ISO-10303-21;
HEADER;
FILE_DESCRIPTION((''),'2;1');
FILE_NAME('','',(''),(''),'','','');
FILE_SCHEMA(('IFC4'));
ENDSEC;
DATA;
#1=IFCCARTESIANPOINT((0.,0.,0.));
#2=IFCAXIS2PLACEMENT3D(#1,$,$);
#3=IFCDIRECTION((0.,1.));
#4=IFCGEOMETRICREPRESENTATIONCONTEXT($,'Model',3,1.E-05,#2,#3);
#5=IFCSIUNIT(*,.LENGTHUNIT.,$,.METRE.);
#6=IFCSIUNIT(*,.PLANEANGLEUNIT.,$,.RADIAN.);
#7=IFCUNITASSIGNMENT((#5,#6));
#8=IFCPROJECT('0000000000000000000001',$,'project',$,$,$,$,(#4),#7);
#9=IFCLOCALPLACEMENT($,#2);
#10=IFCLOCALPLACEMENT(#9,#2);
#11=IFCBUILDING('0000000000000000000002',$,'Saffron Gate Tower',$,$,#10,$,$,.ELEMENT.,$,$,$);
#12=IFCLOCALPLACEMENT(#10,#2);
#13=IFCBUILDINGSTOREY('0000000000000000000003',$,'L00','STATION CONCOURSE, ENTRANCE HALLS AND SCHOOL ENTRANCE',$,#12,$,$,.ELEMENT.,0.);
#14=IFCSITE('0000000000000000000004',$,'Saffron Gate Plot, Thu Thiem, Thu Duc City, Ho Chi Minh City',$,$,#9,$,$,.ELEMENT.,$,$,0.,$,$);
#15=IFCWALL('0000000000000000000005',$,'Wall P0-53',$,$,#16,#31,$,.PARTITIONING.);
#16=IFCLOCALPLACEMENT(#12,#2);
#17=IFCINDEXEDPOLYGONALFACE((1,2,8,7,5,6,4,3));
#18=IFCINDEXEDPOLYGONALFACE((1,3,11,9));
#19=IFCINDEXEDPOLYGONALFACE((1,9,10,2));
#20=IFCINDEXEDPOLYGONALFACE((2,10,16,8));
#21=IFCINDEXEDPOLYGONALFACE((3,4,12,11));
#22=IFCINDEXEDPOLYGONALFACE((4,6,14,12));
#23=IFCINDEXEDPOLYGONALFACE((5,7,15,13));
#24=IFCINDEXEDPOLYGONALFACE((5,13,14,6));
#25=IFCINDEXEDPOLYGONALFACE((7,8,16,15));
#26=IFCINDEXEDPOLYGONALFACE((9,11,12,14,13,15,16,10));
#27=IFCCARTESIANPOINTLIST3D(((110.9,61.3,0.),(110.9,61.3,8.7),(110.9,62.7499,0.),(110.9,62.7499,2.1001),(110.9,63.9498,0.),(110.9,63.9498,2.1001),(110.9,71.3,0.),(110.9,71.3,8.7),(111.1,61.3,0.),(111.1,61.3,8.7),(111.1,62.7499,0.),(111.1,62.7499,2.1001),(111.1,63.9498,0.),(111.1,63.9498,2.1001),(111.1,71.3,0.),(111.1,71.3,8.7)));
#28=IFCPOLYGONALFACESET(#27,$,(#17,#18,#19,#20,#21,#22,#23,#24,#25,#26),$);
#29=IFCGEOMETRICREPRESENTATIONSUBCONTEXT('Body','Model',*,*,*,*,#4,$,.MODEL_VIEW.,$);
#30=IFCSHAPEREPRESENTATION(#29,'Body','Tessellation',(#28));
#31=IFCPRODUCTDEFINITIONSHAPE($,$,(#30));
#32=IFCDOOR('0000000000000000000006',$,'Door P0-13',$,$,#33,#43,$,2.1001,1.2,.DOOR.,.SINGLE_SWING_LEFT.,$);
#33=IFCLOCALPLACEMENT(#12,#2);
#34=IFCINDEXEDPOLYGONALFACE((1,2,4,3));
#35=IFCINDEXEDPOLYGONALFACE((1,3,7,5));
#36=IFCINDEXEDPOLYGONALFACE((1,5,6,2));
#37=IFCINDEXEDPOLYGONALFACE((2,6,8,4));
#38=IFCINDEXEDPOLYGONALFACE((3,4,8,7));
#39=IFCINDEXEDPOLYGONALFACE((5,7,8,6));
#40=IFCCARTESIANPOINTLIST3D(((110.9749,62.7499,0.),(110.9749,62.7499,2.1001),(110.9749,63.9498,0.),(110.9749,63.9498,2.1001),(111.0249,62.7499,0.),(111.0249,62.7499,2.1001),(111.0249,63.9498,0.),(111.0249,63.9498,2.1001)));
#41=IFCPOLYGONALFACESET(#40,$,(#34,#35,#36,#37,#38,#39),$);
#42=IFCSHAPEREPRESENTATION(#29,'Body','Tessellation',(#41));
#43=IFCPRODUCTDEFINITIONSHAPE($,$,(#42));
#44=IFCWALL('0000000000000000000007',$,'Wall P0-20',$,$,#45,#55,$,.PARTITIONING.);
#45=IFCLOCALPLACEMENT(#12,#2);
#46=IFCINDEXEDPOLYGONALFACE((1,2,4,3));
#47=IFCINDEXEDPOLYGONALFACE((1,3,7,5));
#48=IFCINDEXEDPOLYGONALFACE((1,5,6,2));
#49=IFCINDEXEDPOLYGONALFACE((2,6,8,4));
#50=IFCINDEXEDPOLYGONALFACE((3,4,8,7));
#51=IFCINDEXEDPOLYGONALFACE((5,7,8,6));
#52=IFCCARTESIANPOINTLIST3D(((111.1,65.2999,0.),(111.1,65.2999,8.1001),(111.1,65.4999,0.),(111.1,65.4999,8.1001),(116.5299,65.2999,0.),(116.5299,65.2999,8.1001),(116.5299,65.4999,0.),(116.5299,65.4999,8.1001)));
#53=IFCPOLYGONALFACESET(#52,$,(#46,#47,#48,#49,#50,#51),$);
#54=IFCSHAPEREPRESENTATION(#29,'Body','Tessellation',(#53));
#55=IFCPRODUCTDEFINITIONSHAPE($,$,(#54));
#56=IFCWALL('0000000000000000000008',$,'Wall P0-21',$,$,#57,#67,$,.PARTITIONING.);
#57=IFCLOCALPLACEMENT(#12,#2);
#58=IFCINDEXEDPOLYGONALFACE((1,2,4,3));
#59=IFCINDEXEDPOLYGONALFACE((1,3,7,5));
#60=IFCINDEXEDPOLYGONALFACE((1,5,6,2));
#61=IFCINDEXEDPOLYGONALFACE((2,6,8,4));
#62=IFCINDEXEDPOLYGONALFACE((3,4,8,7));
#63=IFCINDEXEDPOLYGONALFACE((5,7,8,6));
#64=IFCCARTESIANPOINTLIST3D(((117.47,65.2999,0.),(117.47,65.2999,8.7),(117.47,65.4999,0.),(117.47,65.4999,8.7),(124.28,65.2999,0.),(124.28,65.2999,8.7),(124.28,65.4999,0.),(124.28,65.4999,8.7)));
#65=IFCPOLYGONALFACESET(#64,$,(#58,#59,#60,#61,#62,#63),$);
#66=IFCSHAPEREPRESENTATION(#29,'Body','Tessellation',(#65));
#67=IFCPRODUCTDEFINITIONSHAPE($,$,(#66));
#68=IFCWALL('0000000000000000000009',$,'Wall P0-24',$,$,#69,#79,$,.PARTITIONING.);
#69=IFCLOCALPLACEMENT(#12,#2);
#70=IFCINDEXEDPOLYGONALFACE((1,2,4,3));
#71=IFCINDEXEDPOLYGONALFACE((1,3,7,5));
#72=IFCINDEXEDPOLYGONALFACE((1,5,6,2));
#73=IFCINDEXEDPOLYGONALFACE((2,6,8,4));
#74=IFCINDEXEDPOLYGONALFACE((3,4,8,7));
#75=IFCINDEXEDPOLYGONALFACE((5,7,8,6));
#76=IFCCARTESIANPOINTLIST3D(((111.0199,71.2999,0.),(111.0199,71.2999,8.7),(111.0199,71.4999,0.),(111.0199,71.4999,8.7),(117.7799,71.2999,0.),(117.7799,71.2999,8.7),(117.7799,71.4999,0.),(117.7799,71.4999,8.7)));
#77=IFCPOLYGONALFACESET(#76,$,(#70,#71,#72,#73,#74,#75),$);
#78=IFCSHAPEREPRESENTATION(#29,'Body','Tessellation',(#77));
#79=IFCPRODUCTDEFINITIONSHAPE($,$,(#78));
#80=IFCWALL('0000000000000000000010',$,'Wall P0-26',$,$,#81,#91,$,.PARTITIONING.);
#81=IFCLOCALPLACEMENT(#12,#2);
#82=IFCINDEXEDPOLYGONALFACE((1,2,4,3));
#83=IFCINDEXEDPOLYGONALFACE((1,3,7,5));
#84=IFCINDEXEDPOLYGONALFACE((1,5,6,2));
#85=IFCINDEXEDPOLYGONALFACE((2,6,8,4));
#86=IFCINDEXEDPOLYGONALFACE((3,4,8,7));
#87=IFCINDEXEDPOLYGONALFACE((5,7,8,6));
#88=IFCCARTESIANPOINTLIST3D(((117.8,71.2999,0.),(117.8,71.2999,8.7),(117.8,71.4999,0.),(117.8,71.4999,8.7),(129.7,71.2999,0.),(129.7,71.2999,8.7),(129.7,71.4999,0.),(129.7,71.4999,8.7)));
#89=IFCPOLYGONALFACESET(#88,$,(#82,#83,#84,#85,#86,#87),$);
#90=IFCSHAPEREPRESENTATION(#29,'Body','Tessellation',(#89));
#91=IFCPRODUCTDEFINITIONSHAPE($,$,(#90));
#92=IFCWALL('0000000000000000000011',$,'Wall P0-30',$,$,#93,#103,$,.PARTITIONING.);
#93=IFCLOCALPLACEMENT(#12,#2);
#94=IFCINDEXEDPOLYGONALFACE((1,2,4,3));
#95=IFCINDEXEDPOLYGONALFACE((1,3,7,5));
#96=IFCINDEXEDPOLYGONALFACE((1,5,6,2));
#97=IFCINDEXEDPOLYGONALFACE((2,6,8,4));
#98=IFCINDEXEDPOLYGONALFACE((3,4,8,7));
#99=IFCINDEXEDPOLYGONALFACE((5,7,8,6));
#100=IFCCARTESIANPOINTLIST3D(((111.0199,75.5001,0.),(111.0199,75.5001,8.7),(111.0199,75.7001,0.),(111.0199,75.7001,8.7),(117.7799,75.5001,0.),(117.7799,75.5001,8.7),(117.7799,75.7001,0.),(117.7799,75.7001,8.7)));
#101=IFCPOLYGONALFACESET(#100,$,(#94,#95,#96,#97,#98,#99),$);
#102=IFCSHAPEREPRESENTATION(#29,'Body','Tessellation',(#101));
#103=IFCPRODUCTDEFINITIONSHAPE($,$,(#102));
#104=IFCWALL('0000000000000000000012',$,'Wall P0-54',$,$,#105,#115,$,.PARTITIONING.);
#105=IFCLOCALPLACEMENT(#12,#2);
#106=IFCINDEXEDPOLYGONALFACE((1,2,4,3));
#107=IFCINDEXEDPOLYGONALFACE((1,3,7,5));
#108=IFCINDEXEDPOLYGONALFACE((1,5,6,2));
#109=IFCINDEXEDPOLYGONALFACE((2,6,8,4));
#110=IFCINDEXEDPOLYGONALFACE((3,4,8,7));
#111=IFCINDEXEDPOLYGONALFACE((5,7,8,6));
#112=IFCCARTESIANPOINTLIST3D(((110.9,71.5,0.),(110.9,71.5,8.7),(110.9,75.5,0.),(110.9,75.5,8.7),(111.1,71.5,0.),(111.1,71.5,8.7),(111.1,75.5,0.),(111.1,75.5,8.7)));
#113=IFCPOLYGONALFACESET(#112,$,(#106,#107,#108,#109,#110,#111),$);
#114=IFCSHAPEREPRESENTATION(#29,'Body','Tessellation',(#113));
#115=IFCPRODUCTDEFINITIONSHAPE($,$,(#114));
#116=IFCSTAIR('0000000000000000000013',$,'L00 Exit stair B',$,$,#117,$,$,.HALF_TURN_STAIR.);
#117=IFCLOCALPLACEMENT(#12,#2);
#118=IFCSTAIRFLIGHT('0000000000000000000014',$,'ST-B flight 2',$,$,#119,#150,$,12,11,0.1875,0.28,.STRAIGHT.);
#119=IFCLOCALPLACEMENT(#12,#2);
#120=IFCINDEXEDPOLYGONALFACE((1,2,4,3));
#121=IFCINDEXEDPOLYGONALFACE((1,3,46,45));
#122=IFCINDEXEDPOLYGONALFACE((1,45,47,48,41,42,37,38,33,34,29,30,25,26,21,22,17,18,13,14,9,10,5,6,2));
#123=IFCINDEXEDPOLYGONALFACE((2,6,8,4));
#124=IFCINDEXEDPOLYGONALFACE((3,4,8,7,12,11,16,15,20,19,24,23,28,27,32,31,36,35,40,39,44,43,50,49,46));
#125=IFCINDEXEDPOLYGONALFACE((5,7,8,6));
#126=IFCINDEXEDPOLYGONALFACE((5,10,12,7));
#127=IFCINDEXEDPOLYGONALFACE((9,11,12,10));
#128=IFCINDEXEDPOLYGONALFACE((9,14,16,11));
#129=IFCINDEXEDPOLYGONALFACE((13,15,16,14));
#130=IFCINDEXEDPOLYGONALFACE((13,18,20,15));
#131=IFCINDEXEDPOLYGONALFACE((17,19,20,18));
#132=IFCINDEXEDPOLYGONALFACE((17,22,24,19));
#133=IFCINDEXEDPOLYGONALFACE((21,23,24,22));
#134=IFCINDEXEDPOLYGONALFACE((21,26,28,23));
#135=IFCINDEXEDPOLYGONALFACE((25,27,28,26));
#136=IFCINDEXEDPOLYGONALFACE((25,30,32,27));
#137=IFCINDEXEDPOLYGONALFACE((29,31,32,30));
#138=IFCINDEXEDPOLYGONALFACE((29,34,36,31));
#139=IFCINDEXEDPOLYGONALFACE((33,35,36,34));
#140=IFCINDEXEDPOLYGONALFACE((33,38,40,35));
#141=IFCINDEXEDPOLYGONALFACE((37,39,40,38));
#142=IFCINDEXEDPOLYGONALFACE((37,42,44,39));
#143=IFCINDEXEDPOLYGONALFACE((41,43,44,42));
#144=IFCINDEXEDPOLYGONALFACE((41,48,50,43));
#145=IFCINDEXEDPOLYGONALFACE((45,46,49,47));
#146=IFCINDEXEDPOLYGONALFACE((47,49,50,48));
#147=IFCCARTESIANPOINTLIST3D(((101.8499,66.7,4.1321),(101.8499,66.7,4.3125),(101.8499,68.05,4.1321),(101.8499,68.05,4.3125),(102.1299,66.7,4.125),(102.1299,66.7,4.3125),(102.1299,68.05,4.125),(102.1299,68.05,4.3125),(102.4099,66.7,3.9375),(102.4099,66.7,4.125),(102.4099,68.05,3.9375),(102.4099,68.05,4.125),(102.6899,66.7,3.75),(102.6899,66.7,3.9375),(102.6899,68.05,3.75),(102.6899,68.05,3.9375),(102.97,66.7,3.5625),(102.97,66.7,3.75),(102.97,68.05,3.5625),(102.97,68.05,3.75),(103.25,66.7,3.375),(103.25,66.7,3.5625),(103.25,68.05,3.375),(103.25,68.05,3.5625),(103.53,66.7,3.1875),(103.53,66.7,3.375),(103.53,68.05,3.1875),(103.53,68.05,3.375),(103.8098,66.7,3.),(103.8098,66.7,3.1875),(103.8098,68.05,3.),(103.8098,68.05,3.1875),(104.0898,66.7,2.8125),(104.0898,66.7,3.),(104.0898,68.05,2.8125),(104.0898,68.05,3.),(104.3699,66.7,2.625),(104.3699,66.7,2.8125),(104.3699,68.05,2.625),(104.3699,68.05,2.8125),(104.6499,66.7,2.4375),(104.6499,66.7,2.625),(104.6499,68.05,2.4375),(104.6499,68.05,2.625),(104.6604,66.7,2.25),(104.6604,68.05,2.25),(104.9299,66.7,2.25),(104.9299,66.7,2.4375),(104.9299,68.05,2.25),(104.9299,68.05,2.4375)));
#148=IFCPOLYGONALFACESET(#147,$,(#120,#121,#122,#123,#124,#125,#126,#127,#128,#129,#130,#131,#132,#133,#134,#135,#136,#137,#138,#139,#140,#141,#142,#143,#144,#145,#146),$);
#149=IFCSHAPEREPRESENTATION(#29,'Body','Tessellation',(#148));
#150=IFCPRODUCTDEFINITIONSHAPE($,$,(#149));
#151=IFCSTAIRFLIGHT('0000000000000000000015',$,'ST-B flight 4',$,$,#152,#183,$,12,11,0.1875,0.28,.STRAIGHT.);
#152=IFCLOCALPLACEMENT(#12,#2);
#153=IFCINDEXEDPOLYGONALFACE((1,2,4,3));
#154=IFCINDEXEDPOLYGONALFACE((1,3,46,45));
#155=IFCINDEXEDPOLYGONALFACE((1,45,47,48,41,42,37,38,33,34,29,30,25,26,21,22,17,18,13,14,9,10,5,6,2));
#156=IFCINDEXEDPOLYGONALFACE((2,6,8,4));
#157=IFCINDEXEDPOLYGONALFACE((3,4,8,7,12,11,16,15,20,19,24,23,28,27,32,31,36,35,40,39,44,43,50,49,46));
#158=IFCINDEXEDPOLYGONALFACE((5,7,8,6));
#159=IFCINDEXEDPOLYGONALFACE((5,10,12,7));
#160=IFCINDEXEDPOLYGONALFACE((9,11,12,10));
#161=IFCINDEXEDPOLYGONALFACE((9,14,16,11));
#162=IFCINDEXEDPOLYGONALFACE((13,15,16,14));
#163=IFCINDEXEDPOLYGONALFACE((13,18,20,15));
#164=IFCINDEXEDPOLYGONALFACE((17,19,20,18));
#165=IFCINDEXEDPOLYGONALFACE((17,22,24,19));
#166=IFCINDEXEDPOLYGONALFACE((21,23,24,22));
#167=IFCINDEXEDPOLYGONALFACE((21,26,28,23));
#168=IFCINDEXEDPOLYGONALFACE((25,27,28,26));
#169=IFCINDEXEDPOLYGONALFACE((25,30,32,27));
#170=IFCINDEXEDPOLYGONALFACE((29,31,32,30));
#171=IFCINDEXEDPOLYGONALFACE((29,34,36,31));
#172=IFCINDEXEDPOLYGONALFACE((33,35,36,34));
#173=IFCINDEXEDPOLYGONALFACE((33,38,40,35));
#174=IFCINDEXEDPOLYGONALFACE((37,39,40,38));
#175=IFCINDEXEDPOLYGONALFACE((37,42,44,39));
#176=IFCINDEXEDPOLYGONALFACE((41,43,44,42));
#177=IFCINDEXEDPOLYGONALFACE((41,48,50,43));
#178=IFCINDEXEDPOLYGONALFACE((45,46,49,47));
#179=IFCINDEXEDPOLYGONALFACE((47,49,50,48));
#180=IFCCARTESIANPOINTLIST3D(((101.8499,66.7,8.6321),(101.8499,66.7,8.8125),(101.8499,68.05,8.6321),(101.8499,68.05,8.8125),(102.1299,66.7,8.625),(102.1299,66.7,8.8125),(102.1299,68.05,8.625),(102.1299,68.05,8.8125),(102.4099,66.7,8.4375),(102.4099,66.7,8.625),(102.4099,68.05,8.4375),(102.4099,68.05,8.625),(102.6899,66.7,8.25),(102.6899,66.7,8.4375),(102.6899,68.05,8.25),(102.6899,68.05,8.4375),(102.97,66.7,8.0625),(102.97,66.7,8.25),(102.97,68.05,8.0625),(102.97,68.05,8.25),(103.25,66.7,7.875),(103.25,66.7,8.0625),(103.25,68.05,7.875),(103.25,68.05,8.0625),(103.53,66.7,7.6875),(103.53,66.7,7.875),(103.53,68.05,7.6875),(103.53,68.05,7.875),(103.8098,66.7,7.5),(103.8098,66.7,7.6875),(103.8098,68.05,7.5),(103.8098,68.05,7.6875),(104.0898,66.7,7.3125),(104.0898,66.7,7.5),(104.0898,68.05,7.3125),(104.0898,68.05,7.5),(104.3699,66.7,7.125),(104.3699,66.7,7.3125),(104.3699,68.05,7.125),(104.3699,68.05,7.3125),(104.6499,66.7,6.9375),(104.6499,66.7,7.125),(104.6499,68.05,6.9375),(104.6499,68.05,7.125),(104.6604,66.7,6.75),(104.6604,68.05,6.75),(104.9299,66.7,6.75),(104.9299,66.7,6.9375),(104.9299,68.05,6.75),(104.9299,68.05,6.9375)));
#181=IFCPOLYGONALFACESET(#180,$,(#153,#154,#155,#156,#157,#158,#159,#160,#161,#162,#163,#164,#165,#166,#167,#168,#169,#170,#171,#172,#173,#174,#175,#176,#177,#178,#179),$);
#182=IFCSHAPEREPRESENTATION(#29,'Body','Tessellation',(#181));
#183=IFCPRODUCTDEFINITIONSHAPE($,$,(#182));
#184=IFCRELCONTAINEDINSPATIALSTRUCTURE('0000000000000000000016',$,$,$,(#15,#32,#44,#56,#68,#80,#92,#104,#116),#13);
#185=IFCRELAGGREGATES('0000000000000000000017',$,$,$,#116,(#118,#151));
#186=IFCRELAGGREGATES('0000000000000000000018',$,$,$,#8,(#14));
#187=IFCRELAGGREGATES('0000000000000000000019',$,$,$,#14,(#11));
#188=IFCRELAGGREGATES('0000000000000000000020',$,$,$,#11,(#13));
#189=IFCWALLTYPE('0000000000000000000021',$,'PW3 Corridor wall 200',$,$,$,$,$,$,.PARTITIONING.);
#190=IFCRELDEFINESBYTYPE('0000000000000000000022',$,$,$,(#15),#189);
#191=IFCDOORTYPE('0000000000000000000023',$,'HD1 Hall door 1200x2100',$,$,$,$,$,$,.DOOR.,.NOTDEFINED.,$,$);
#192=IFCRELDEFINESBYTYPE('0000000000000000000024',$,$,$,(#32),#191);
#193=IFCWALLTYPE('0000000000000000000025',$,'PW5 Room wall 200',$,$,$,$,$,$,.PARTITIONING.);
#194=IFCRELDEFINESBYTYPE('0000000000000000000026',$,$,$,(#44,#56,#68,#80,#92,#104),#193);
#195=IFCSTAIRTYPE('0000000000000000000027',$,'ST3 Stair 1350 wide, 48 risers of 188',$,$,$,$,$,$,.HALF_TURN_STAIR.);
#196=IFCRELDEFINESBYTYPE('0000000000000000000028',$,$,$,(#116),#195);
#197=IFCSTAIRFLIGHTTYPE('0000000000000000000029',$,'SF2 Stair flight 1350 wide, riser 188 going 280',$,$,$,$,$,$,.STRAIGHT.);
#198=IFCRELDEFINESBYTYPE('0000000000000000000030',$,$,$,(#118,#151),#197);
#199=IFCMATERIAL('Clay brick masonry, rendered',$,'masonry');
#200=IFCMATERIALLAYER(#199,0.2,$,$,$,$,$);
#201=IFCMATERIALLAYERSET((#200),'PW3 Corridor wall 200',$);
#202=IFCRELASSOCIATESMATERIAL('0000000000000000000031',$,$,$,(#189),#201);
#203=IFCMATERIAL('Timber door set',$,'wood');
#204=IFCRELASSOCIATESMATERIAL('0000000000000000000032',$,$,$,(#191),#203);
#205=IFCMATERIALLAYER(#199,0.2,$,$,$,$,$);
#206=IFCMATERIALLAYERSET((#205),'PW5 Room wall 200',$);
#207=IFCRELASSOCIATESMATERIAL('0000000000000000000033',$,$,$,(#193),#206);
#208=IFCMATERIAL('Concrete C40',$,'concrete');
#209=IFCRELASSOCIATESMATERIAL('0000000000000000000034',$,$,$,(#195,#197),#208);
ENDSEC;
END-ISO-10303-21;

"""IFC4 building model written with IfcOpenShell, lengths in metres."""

from ifc_helpers import new_model, si_unit, direction, frame, frame_2d, origin, place, context, subcontext, project, spatial, polyline, rectangle, outline, extrude, material, layer, layer_set, type_object, element, fill, aggregate, save


model = new_model("IFC4")

# Units and contexts
model_context = context("Model", 3, precision=1e-05, world=origin(), true_north=direction((0.0, 1.0)))
body_context = subcontext(model_context, "Body", "Model", "MODEL_VIEW")
ifc_project = project(units=[si_unit("LENGTHUNIT", "METRE"), si_unit("PLANEANGLEUNIT", "RADIAN")], contexts=[model_context])

# Site, building, storey
site_placement = place(None, origin())
site = spatial("IfcSite", under=ifc_project, at=site_placement, Name="Saffron Gate Plot, Thu Thiem, Thu Duc City, Ho Chi Minh City", CompositionType="ELEMENT", RefElevation=0.0)
building_placement = place(site_placement, origin())
building = spatial("IfcBuilding", under=site, at=building_placement, Name="Saffron Gate Tower", CompositionType="ELEMENT")
storey_placement = place(building_placement, origin())
storey = spatial("IfcBuildingStorey", under=building, at=storey_placement, Name="L00", Description="STATION CONCOURSE, ENTRANCE HALLS AND SCHOOL ENTRANCE", CompositionType="ELEMENT", Elevation=0.0)

# Wall, opening, door
ifc_material_1 = material(Name="Clay brick masonry, rendered", Category="masonry")
ifc_layer_1 = layer(ifc_material_1, 0.2)
ifc_layer_set_1 = layer_set([ifc_layer_1], Name="PW3 Corridor wall 200")
wall_type_1 = type_object("IfcWallType", Name="PW3 Corridor wall 200", PredefinedType="PARTITIONING", material=ifc_layer_set_1)
wall_1_placement = place(storey_placement, frame((111.0, 71.3, 0.0), z_axis=(0.0, 0.0, 1.0), x_axis=(0.0, -1.0, 0.0)))
wall_1 = element("IfcWall", 1, at=wall_1_placement, inside=storey, type_object=wall_type_1, Name="Wall P0-53", PredefinedType="PARTITIONING", context=body_context, shape_type="SweptSolid", body=[
    extrude(rectangle(XDim=10.0, YDim=0.2, at=frame_2d((5.0, 0.0))), origin(), (0.0, 0.0, 1.0), 8.7),
])
opening_1_placement = place(wall_1_placement, frame((7.3501, 0.0, 0.0)))
opening_1 = element("IfcOpeningElement", 2, at=opening_1_placement, cuts=wall_1, PredefinedType="OPENING", context=body_context, shape_type="SweptSolid", body=[
    extrude(rectangle(XDim=1.2, YDim=2.1001, at=frame_2d((0.6001, 1.05))), frame((0.0, 0.1099, 0.0), z_axis=(0.0, -1.0, 0.0), x_axis=(1.0, 0.0, 0.0)), (0.0, 0.0, 1.0), 0.22),
])
ifc_material_2 = material(Name="Timber door set", Category="wood")
door_type_1 = type_object("IfcDoorType", Name="HD1 Hall door 1200x2100", OperationType="NOTDEFINED", PredefinedType="DOOR", material=ifc_material_2)
door_1_placement = place(opening_1_placement, origin())
door_1 = element("IfcDoor", 3, at=door_1_placement, inside=storey, type_object=door_type_1, Name="Door P0-13", OperationType="SINGLE_SWING_LEFT", OverallHeight=2.1001, OverallWidth=1.2, PredefinedType="DOOR", context=body_context, shape_type="SweptSolid", body=[
    extrude(rectangle(XDim=1.2, YDim=2.1001, at=frame_2d((0.6001, 1.05))), frame((0.0, 0.0249, 0.0), z_axis=(0.0, -1.0, 0.0), x_axis=(1.0, 0.0, 0.0)), (0.0, 0.0, 1.0), 0.05),
])
fill(opening_1, door_1)

# Walls
ifc_layer_2 = layer(ifc_material_1, 0.2)
ifc_layer_set_2 = layer_set([ifc_layer_2], Name="PW5 Room wall 200")
wall_type_2 = type_object("IfcWallType", Name="PW5 Room wall 200", PredefinedType="PARTITIONING", material=ifc_layer_set_2)
wall_2_placement = place(storey_placement, frame((111.1001, 65.3999, 0.0), z_axis=(0.0, 0.0, 1.0), x_axis=(1.0, 0.0, 0.0)))
element("IfcWall", 4, at=wall_2_placement, inside=storey, type_object=wall_type_2, Name="Wall P0-20", PredefinedType="PARTITIONING", context=body_context, shape_type="SweptSolid", body=[
    extrude(rectangle(XDim=5.4299, YDim=0.2, at=frame_2d((2.7148, 0.0))), origin(), (0.0, 0.0, 1.0), 8.1001),
])
wall_3_placement = place(storey_placement, frame((117.47, 65.3999, 0.0), z_axis=(0.0, 0.0, 1.0), x_axis=(1.0, 0.0, 0.0)))
element("IfcWall", 5, at=wall_3_placement, inside=storey, type_object=wall_type_2, Name="Wall P0-21", PredefinedType="PARTITIONING", context=body_context, shape_type="SweptSolid", body=[
    extrude(rectangle(XDim=6.8101, YDim=0.2, at=frame_2d((3.405, 0.0))), origin(), (0.0, 0.0, 1.0), 8.7),
])
wall_4_placement = place(storey_placement, frame((111.02, 71.3999, 0.0), z_axis=(0.0, 0.0, 1.0), x_axis=(1.0, 0.0, 0.0)))
element("IfcWall", 6, at=wall_4_placement, inside=storey, type_object=wall_type_2, Name="Wall P0-24", PredefinedType="PARTITIONING", context=body_context, shape_type="SweptSolid", body=[
    extrude(rectangle(XDim=6.76, YDim=0.2, at=frame_2d((3.3799, 0.0))), origin(), (0.0, 0.0, 1.0), 8.7),
])
wall_5_placement = place(storey_placement, frame((117.8, 71.3999, 0.0), z_axis=(0.0, 0.0, 1.0), x_axis=(1.0, 0.0, 0.0)))
element("IfcWall", 7, at=wall_5_placement, inside=storey, type_object=wall_type_2, Name="Wall P0-26", PredefinedType="PARTITIONING", context=body_context, shape_type="SweptSolid", body=[
    extrude(rectangle(XDim=11.8999, YDim=0.2, at=frame_2d((5.95, 0.0))), origin(), (0.0, 0.0, 1.0), 8.7),
])
wall_6_placement = place(storey_placement, frame((111.02, 75.6001, 0.0), z_axis=(0.0, 0.0, 1.0), x_axis=(1.0, 0.0, 0.0)))
element("IfcWall", 8, at=wall_6_placement, inside=storey, type_object=wall_type_2, Name="Wall P0-30", PredefinedType="PARTITIONING", context=body_context, shape_type="SweptSolid", body=[
    extrude(rectangle(XDim=6.76, YDim=0.2, at=frame_2d((3.3799, 0.0))), origin(), (0.0, 0.0, 1.0), 8.7),
])
wall_7_placement = place(storey_placement, frame((111.0, 75.5, 0.0), z_axis=(0.0, 0.0, 1.0), x_axis=(0.0, -1.0, 0.0)))
element("IfcWall", 9, at=wall_7_placement, inside=storey, type_object=wall_type_2, Name="Wall P0-54", PredefinedType="PARTITIONING", context=body_context, shape_type="SweptSolid", body=[
    extrude(rectangle(XDim=4.0, YDim=0.2, at=frame_2d((2.0, 0.0))), origin(), (0.0, 0.0, 1.0), 8.7),
])

# Stair, stair flights
ifc_material_3 = material(Name="Concrete C40", Category="concrete")
stair_type = type_object("IfcStairType", Name="ST3 Stair 1350 wide, 48 risers of 188", PredefinedType="HALF_TURN_STAIR", material=ifc_material_3)
stair_placement = place(storey_placement, origin())
stair = element("IfcStair", 10, at=stair_placement, inside=storey, type_object=stair_type, Name="L00 Exit stair B", PredefinedType="HALF_TURN_STAIR")
stair_flight_type = type_object("IfcStairFlightType", Name="SF2 Stair flight 1350 wide, riser 188 going 280", PredefinedType="STRAIGHT", material=ifc_material_3)
stair_flight_1_placement = place(storey_placement, frame((104.9299, 67.375, 2.25), z_axis=(0.0, 0.0, 1.0), x_axis=(-1.0, 0.0, 0.0)))
stair_flight_1 = element("IfcStairFlight", 11, at=stair_flight_1_placement, type_object=stair_flight_type, Name="ST-B flight 2", NumberOfRisers=12, NumberOfTreads=11, PredefinedType="STRAIGHT", RiserHeight=0.1875, TreadLength=0.28, context=body_context, shape_type="SweptSolid", body=[
    extrude(outline(polyline([(0.0, 0.0), (0.0, 0.1875), (0.28, 0.1875), (0.28, 0.375), (0.5601, 0.375), (0.5601, 0.5625), (0.8401, 0.5625), (0.8401, 0.75), (1.1201, 0.75), (1.1201, 0.9375), (1.3999, 0.9375), (1.3999, 1.125), (1.6799, 1.125), (1.6799, 1.3125), (1.96, 1.3125), (1.96, 1.5), (2.24, 1.5), (2.24, 1.6875), (2.52, 1.6875), (2.52, 1.875), (2.8, 1.875), (2.8, 2.0625), (3.0801, 2.0625), (3.0801, 2.25), (3.0801, 1.8821), (0.2695, 0.0), (0.0, 0.0)])), frame((0.0, 0.675, 0.0), z_axis=(0.0, -1.0, 0.0), x_axis=(1.0, 0.0, 0.0)), (0.0, 0.0, 1.0), 1.3501),
])
stair_flight_2_placement = place(storey_placement, frame((104.9299, 67.375, 6.75), z_axis=(0.0, 0.0, 1.0), x_axis=(-1.0, 0.0, 0.0)))
stair_flight_2 = element("IfcStairFlight", 12, at=stair_flight_2_placement, type_object=stair_flight_type, Name="ST-B flight 4", NumberOfRisers=12, NumberOfTreads=11, PredefinedType="STRAIGHT", RiserHeight=0.1875, TreadLength=0.28, context=body_context, shape_type="SweptSolid", body=[
    extrude(outline(polyline([(0.0, 0.0), (0.0, 0.1875), (0.28, 0.1875), (0.28, 0.375), (0.5601, 0.375), (0.5601, 0.5625), (0.8401, 0.5625), (0.8401, 0.75), (1.1201, 0.75), (1.1201, 0.9375), (1.3999, 0.9375), (1.3999, 1.125), (1.6799, 1.125), (1.6799, 1.3125), (1.96, 1.3125), (1.96, 1.5), (2.24, 1.5), (2.24, 1.6875), (2.52, 1.6875), (2.52, 1.875), (2.8, 1.875), (2.8, 2.0625), (3.0801, 2.0625), (3.0801, 2.25), (3.0801, 1.8821), (0.2695, 0.0), (0.0, 0.0)])), frame((0.0, 0.675, 0.0), z_axis=(0.0, -1.0, 0.0), x_axis=(1.0, 0.0, 0.0)), (0.0, 0.0, 1.0), 1.3501),
])
aggregate(stair, [stair_flight_1, stair_flight_2])

save(model, "model.ifc")
